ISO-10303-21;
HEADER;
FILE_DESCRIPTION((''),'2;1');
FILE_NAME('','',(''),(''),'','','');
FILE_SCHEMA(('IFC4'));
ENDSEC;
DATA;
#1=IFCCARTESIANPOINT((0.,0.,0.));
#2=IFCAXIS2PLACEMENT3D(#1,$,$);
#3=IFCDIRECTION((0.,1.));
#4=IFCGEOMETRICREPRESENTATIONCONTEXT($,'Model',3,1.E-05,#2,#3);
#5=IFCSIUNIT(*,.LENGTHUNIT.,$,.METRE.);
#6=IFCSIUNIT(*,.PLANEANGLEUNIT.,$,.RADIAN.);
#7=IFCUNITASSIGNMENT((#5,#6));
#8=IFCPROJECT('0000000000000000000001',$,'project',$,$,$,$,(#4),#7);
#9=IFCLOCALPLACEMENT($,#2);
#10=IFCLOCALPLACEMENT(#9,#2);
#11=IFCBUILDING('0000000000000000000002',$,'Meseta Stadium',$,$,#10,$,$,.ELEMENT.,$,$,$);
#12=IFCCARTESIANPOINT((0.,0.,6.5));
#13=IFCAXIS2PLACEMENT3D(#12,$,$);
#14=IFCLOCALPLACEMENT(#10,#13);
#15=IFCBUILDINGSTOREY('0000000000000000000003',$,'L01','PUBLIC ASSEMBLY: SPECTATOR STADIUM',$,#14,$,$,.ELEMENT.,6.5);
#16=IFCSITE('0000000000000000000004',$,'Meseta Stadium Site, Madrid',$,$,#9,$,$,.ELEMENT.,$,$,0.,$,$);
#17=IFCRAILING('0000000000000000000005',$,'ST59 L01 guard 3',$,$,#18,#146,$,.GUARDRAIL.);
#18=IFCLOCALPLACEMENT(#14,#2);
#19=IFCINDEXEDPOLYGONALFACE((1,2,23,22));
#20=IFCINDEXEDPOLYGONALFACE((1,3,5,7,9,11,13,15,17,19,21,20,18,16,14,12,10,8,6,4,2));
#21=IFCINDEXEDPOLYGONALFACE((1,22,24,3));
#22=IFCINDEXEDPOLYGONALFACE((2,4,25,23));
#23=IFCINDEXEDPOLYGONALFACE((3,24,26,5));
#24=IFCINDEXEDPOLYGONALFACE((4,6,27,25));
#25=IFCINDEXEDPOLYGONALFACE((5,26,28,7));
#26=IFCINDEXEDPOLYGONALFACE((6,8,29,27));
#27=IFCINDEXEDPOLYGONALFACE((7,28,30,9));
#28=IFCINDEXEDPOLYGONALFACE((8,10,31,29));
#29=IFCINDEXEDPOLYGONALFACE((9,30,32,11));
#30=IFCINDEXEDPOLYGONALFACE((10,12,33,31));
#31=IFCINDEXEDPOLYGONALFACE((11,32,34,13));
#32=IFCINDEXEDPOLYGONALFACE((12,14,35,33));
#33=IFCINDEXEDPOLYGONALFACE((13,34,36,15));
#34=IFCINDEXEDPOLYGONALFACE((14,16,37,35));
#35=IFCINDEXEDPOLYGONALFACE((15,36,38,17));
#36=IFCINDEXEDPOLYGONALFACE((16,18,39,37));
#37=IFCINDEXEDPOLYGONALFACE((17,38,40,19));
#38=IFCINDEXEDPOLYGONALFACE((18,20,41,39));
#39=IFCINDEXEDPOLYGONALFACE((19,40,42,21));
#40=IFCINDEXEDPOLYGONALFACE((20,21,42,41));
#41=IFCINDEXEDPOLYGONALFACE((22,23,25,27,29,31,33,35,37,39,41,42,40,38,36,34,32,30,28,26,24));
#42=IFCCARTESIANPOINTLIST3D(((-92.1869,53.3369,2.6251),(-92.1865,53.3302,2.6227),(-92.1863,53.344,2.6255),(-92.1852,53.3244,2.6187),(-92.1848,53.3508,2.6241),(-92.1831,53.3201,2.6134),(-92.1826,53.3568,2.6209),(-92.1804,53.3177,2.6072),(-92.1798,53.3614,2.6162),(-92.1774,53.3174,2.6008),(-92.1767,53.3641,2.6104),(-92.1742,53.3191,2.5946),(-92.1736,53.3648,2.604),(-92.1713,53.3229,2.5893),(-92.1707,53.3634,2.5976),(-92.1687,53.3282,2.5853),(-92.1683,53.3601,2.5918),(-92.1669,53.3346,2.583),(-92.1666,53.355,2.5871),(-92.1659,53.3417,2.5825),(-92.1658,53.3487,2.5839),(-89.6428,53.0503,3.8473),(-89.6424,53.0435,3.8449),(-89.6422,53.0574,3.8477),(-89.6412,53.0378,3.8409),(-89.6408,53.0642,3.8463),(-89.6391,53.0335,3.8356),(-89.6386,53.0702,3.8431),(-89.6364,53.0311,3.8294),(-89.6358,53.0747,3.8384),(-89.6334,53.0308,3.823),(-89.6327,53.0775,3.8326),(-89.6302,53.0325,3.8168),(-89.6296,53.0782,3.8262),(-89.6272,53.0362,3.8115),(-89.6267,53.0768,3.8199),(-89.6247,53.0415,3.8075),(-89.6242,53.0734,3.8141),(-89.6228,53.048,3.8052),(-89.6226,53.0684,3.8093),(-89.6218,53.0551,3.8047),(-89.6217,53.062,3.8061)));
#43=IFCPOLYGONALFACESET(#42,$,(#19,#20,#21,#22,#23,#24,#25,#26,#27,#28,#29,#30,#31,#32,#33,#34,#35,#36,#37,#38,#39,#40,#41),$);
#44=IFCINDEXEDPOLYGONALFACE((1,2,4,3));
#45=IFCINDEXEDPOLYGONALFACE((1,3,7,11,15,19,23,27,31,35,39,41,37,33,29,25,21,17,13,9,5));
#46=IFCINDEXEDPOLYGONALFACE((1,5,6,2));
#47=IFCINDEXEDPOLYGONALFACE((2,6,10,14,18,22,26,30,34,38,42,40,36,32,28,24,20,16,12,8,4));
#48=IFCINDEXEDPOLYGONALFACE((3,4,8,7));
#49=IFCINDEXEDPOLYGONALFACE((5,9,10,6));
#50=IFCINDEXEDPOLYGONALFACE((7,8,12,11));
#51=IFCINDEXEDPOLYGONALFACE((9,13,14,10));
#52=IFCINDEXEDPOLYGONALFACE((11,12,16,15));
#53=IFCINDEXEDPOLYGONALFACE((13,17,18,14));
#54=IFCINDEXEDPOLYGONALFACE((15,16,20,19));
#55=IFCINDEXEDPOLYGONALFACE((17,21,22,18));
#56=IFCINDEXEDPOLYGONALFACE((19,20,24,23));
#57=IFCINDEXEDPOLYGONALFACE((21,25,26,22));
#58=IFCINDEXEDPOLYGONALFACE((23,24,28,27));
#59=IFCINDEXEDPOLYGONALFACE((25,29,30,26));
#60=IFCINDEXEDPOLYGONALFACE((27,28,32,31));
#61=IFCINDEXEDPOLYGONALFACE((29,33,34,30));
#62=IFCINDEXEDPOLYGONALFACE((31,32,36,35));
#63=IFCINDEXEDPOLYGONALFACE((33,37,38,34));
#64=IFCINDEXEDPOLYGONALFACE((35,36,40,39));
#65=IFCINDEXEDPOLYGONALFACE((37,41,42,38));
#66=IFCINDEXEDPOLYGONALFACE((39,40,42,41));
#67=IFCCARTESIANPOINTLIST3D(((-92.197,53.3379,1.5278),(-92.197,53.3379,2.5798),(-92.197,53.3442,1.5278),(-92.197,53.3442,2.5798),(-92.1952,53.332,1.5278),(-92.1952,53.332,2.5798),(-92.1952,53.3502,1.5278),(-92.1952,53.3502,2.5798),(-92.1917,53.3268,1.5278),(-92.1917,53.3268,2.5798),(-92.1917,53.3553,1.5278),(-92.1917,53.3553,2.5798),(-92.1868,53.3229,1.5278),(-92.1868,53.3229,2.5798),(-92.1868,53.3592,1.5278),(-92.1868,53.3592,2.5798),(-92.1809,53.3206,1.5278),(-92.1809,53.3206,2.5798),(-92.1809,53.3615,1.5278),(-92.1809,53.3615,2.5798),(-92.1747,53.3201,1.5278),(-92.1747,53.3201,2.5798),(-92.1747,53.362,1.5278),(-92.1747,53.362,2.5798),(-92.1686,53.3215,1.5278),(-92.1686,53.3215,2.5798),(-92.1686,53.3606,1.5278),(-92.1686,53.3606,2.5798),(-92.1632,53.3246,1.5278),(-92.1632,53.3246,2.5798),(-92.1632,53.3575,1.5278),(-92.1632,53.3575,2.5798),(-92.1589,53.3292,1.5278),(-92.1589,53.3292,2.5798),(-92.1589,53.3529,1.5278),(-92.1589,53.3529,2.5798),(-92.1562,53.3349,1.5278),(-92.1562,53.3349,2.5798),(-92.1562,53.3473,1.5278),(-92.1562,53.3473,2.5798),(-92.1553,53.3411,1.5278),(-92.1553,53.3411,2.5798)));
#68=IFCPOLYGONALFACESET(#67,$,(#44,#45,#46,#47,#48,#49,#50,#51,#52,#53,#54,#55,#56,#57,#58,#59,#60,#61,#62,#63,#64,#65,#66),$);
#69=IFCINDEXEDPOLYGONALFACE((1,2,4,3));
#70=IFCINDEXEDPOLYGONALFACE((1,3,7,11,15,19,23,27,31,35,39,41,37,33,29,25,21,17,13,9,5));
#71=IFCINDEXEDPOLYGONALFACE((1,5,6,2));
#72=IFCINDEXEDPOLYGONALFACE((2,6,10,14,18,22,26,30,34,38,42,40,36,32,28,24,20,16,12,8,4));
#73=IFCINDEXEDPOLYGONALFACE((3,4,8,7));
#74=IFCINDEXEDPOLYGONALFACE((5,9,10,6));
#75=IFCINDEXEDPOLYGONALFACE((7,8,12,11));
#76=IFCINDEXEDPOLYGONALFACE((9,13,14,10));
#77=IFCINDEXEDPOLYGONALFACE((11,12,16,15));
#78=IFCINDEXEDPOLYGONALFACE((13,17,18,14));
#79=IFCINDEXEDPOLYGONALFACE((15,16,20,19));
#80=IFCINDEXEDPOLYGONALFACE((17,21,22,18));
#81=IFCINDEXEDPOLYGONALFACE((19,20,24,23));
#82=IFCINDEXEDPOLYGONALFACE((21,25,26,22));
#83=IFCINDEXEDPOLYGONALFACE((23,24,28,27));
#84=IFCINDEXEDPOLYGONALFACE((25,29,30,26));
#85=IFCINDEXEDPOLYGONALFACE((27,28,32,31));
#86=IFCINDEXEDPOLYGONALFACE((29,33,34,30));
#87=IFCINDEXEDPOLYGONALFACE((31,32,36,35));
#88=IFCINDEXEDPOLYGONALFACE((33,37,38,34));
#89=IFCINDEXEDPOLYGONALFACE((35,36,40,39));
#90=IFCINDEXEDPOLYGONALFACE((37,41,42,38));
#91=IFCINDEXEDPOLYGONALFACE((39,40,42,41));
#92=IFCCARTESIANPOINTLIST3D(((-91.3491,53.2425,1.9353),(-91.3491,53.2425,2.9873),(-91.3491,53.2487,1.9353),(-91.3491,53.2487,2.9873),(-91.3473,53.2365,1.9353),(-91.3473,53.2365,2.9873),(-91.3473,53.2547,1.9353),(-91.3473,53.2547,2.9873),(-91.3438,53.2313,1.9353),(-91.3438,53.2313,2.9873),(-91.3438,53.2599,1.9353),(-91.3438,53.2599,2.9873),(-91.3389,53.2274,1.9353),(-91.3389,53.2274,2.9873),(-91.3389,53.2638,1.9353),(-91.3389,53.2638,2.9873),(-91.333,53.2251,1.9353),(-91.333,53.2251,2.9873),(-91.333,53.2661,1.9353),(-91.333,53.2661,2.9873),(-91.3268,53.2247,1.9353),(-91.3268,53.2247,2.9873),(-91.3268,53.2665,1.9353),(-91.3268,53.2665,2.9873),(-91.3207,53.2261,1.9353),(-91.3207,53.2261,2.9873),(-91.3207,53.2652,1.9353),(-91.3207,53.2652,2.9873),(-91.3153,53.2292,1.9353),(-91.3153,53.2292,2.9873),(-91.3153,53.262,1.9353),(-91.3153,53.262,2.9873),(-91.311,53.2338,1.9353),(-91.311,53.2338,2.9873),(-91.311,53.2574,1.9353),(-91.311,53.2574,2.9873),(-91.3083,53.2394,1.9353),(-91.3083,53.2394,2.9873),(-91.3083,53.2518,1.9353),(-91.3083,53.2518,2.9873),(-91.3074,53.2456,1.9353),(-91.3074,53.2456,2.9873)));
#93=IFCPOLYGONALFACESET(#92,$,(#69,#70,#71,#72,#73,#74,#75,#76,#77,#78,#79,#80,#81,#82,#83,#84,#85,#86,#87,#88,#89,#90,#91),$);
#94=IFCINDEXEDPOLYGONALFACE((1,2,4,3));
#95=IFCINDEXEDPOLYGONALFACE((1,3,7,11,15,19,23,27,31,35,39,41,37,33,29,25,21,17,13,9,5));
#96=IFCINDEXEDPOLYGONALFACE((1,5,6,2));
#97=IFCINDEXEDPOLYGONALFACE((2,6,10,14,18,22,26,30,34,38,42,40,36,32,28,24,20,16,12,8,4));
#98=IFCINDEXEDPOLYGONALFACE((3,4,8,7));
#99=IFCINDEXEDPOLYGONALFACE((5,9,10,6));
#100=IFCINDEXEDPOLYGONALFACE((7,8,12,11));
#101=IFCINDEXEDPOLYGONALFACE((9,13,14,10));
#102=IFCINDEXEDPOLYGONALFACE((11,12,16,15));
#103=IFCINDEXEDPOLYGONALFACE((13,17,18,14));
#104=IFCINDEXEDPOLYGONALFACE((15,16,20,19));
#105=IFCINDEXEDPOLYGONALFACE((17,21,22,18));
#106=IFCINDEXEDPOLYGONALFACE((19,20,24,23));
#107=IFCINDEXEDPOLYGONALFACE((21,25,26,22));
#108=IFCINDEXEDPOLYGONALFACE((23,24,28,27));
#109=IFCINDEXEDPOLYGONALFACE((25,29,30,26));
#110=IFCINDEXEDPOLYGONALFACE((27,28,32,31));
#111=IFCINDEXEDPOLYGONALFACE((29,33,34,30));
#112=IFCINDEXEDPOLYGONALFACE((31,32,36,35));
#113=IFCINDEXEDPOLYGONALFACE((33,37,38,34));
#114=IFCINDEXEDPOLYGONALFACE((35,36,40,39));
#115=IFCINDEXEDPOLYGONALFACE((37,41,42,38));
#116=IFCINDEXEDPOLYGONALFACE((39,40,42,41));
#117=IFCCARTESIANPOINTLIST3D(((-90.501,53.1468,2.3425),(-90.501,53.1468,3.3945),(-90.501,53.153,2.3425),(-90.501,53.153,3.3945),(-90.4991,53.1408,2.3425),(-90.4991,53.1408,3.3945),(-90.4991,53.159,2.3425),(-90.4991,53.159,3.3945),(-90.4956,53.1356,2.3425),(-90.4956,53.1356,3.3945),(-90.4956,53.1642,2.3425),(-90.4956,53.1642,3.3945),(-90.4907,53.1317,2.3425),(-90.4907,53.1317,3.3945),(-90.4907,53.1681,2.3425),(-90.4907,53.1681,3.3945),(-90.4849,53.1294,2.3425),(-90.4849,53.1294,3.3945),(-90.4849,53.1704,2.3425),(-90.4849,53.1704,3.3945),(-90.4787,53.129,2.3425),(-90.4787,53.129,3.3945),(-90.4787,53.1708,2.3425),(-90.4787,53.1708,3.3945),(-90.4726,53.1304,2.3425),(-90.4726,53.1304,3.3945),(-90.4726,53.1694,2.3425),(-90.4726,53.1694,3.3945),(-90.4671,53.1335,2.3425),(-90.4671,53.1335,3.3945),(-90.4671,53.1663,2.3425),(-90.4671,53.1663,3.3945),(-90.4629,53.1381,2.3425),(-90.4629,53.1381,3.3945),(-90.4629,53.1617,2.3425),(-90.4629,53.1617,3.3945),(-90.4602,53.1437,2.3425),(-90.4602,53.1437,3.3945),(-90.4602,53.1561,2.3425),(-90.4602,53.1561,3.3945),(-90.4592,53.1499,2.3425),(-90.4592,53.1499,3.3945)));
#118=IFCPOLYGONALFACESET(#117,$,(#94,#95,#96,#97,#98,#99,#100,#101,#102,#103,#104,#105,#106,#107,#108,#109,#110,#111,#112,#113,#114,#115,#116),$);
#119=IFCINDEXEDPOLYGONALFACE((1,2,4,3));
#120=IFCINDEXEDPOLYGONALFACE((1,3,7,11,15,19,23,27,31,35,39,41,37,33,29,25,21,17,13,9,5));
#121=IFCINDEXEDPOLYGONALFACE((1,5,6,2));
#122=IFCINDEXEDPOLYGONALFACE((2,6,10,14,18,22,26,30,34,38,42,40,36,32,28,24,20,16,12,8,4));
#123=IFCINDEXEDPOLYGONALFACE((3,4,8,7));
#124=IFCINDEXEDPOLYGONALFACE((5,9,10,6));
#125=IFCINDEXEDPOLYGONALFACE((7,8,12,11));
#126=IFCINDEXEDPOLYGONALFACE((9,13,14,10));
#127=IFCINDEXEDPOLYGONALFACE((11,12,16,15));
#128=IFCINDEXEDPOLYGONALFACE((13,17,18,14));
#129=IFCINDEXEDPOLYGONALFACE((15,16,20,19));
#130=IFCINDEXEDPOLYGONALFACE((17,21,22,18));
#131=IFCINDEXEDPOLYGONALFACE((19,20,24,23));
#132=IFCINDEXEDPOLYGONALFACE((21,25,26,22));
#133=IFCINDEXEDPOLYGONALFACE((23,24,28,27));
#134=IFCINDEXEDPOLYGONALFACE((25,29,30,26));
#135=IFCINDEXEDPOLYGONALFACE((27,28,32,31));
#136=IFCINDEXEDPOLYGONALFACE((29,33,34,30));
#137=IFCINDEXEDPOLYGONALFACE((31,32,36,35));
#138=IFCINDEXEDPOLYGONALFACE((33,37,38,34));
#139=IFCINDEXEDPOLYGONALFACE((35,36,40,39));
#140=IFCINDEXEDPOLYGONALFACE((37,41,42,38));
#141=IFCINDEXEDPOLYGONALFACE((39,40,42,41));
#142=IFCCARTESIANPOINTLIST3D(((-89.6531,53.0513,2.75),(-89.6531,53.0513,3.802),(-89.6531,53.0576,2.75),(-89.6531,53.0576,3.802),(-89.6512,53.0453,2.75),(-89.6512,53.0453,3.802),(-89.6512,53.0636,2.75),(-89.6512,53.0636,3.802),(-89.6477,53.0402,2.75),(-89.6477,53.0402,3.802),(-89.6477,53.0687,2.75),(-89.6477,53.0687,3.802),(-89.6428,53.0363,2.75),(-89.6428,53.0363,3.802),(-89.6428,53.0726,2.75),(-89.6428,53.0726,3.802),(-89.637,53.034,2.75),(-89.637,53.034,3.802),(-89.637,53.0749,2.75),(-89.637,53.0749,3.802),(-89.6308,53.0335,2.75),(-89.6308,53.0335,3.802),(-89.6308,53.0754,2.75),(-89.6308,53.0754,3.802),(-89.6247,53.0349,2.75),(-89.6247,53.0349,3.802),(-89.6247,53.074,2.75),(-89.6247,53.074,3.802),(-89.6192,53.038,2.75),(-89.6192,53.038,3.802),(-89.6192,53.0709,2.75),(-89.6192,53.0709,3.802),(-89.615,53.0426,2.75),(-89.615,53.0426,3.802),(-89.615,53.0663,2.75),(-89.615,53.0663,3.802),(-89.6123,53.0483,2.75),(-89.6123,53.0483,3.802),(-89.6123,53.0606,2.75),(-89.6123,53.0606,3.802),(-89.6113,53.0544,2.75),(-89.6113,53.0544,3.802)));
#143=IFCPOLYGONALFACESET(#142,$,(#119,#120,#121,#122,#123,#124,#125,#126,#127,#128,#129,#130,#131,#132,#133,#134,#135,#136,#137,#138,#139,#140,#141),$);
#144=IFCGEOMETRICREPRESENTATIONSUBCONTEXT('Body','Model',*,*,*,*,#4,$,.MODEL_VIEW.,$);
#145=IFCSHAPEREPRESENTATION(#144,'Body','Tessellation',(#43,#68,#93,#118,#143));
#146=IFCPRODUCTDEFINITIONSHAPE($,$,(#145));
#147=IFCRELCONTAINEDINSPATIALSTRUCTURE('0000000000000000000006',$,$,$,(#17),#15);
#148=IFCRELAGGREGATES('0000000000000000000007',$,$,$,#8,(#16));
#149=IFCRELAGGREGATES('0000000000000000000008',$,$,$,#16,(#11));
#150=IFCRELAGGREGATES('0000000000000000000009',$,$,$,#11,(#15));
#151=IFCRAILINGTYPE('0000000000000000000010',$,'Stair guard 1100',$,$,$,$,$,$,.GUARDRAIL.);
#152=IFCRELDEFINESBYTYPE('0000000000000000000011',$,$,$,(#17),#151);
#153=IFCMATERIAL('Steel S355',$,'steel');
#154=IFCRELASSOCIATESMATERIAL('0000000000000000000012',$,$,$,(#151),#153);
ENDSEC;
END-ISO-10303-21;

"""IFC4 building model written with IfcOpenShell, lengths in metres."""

from ifc_helpers import new_model, si_unit, direction, frame, origin, origin_2d, place, context, subcontext, project, spatial, circle, extrude, material, type_object, element, save


model = new_model("IFC4")

# Units and contexts
model_context = context("Model", 3, precision=1e-05, world=origin(), true_north=direction((0.0, 1.0)))
body_context = subcontext(model_context, "Body", "Model", "MODEL_VIEW")
ifc_project = project(units=[si_unit("LENGTHUNIT", "METRE"), si_unit("PLANEANGLEUNIT", "RADIAN")], contexts=[model_context])

# Site, building, storey
site_placement = place(None, origin())
site = spatial("IfcSite", under=ifc_project, at=site_placement, Name="Meseta Stadium Site, Madrid", CompositionType="ELEMENT", RefElevation=0.0)
building_placement = place(site_placement, origin())
building = spatial("IfcBuilding", under=site, at=building_placement, Name="Meseta Stadium", CompositionType="ELEMENT")
storey_placement = place(building_placement, frame((0.0, 0.0, 6.5)))
storey = spatial("IfcBuildingStorey", under=building, at=storey_placement, Name="L01", Description="PUBLIC ASSEMBLY: SPECTATOR STADIUM", CompositionType="ELEMENT", Elevation=6.5)

# Railing
ifc_material_1 = material(Name="Steel S355", Category="steel")
railing_type_1 = type_object("IfcRailingType", Name="Stair guard 1100", PredefinedType="GUARDRAIL", material=ifc_material_1)
railing_1_placement = place(storey_placement, frame((-92.1763, 53.3411, 1.5278)))
element("IfcRailing", 1, at=railing_1_placement, inside=storey, type_object=railing_type_1, Name="ST59 L01 guard 3", PredefinedType="GUARDRAIL", context=body_context, shape_type="SweptSolid", body=[
    extrude(circle(Radius=0.0239, at=origin_2d()), frame((0.0, 0.0, 1.0762), z_axis=(0.896762, -0.101036, 0.430824), x_axis=(0.11196, 0.993713, 0.0)), (0.0, 0.0, 1.0), 2.8369),
    extrude(circle(Radius=0.021, at=origin_2d()), origin(), (0.0, 0.0, 1.0), 1.052),
    extrude(circle(Radius=0.021, at=origin_2d()), frame((0.8479, -0.0955, 0.4075)), (0.0, 0.0, 1.0), 1.052),
    extrude(circle(Radius=0.021, at=origin_2d()), frame((1.696, -0.1912, 0.8147)), (0.0, 0.0, 1.0), 1.052),
    extrude(circle(Radius=0.021, at=origin_2d()), frame((2.5439, -0.2866, 1.2222)), (0.0, 0.0, 1.0), 1.052),
])

save(model, "model.ifc")
